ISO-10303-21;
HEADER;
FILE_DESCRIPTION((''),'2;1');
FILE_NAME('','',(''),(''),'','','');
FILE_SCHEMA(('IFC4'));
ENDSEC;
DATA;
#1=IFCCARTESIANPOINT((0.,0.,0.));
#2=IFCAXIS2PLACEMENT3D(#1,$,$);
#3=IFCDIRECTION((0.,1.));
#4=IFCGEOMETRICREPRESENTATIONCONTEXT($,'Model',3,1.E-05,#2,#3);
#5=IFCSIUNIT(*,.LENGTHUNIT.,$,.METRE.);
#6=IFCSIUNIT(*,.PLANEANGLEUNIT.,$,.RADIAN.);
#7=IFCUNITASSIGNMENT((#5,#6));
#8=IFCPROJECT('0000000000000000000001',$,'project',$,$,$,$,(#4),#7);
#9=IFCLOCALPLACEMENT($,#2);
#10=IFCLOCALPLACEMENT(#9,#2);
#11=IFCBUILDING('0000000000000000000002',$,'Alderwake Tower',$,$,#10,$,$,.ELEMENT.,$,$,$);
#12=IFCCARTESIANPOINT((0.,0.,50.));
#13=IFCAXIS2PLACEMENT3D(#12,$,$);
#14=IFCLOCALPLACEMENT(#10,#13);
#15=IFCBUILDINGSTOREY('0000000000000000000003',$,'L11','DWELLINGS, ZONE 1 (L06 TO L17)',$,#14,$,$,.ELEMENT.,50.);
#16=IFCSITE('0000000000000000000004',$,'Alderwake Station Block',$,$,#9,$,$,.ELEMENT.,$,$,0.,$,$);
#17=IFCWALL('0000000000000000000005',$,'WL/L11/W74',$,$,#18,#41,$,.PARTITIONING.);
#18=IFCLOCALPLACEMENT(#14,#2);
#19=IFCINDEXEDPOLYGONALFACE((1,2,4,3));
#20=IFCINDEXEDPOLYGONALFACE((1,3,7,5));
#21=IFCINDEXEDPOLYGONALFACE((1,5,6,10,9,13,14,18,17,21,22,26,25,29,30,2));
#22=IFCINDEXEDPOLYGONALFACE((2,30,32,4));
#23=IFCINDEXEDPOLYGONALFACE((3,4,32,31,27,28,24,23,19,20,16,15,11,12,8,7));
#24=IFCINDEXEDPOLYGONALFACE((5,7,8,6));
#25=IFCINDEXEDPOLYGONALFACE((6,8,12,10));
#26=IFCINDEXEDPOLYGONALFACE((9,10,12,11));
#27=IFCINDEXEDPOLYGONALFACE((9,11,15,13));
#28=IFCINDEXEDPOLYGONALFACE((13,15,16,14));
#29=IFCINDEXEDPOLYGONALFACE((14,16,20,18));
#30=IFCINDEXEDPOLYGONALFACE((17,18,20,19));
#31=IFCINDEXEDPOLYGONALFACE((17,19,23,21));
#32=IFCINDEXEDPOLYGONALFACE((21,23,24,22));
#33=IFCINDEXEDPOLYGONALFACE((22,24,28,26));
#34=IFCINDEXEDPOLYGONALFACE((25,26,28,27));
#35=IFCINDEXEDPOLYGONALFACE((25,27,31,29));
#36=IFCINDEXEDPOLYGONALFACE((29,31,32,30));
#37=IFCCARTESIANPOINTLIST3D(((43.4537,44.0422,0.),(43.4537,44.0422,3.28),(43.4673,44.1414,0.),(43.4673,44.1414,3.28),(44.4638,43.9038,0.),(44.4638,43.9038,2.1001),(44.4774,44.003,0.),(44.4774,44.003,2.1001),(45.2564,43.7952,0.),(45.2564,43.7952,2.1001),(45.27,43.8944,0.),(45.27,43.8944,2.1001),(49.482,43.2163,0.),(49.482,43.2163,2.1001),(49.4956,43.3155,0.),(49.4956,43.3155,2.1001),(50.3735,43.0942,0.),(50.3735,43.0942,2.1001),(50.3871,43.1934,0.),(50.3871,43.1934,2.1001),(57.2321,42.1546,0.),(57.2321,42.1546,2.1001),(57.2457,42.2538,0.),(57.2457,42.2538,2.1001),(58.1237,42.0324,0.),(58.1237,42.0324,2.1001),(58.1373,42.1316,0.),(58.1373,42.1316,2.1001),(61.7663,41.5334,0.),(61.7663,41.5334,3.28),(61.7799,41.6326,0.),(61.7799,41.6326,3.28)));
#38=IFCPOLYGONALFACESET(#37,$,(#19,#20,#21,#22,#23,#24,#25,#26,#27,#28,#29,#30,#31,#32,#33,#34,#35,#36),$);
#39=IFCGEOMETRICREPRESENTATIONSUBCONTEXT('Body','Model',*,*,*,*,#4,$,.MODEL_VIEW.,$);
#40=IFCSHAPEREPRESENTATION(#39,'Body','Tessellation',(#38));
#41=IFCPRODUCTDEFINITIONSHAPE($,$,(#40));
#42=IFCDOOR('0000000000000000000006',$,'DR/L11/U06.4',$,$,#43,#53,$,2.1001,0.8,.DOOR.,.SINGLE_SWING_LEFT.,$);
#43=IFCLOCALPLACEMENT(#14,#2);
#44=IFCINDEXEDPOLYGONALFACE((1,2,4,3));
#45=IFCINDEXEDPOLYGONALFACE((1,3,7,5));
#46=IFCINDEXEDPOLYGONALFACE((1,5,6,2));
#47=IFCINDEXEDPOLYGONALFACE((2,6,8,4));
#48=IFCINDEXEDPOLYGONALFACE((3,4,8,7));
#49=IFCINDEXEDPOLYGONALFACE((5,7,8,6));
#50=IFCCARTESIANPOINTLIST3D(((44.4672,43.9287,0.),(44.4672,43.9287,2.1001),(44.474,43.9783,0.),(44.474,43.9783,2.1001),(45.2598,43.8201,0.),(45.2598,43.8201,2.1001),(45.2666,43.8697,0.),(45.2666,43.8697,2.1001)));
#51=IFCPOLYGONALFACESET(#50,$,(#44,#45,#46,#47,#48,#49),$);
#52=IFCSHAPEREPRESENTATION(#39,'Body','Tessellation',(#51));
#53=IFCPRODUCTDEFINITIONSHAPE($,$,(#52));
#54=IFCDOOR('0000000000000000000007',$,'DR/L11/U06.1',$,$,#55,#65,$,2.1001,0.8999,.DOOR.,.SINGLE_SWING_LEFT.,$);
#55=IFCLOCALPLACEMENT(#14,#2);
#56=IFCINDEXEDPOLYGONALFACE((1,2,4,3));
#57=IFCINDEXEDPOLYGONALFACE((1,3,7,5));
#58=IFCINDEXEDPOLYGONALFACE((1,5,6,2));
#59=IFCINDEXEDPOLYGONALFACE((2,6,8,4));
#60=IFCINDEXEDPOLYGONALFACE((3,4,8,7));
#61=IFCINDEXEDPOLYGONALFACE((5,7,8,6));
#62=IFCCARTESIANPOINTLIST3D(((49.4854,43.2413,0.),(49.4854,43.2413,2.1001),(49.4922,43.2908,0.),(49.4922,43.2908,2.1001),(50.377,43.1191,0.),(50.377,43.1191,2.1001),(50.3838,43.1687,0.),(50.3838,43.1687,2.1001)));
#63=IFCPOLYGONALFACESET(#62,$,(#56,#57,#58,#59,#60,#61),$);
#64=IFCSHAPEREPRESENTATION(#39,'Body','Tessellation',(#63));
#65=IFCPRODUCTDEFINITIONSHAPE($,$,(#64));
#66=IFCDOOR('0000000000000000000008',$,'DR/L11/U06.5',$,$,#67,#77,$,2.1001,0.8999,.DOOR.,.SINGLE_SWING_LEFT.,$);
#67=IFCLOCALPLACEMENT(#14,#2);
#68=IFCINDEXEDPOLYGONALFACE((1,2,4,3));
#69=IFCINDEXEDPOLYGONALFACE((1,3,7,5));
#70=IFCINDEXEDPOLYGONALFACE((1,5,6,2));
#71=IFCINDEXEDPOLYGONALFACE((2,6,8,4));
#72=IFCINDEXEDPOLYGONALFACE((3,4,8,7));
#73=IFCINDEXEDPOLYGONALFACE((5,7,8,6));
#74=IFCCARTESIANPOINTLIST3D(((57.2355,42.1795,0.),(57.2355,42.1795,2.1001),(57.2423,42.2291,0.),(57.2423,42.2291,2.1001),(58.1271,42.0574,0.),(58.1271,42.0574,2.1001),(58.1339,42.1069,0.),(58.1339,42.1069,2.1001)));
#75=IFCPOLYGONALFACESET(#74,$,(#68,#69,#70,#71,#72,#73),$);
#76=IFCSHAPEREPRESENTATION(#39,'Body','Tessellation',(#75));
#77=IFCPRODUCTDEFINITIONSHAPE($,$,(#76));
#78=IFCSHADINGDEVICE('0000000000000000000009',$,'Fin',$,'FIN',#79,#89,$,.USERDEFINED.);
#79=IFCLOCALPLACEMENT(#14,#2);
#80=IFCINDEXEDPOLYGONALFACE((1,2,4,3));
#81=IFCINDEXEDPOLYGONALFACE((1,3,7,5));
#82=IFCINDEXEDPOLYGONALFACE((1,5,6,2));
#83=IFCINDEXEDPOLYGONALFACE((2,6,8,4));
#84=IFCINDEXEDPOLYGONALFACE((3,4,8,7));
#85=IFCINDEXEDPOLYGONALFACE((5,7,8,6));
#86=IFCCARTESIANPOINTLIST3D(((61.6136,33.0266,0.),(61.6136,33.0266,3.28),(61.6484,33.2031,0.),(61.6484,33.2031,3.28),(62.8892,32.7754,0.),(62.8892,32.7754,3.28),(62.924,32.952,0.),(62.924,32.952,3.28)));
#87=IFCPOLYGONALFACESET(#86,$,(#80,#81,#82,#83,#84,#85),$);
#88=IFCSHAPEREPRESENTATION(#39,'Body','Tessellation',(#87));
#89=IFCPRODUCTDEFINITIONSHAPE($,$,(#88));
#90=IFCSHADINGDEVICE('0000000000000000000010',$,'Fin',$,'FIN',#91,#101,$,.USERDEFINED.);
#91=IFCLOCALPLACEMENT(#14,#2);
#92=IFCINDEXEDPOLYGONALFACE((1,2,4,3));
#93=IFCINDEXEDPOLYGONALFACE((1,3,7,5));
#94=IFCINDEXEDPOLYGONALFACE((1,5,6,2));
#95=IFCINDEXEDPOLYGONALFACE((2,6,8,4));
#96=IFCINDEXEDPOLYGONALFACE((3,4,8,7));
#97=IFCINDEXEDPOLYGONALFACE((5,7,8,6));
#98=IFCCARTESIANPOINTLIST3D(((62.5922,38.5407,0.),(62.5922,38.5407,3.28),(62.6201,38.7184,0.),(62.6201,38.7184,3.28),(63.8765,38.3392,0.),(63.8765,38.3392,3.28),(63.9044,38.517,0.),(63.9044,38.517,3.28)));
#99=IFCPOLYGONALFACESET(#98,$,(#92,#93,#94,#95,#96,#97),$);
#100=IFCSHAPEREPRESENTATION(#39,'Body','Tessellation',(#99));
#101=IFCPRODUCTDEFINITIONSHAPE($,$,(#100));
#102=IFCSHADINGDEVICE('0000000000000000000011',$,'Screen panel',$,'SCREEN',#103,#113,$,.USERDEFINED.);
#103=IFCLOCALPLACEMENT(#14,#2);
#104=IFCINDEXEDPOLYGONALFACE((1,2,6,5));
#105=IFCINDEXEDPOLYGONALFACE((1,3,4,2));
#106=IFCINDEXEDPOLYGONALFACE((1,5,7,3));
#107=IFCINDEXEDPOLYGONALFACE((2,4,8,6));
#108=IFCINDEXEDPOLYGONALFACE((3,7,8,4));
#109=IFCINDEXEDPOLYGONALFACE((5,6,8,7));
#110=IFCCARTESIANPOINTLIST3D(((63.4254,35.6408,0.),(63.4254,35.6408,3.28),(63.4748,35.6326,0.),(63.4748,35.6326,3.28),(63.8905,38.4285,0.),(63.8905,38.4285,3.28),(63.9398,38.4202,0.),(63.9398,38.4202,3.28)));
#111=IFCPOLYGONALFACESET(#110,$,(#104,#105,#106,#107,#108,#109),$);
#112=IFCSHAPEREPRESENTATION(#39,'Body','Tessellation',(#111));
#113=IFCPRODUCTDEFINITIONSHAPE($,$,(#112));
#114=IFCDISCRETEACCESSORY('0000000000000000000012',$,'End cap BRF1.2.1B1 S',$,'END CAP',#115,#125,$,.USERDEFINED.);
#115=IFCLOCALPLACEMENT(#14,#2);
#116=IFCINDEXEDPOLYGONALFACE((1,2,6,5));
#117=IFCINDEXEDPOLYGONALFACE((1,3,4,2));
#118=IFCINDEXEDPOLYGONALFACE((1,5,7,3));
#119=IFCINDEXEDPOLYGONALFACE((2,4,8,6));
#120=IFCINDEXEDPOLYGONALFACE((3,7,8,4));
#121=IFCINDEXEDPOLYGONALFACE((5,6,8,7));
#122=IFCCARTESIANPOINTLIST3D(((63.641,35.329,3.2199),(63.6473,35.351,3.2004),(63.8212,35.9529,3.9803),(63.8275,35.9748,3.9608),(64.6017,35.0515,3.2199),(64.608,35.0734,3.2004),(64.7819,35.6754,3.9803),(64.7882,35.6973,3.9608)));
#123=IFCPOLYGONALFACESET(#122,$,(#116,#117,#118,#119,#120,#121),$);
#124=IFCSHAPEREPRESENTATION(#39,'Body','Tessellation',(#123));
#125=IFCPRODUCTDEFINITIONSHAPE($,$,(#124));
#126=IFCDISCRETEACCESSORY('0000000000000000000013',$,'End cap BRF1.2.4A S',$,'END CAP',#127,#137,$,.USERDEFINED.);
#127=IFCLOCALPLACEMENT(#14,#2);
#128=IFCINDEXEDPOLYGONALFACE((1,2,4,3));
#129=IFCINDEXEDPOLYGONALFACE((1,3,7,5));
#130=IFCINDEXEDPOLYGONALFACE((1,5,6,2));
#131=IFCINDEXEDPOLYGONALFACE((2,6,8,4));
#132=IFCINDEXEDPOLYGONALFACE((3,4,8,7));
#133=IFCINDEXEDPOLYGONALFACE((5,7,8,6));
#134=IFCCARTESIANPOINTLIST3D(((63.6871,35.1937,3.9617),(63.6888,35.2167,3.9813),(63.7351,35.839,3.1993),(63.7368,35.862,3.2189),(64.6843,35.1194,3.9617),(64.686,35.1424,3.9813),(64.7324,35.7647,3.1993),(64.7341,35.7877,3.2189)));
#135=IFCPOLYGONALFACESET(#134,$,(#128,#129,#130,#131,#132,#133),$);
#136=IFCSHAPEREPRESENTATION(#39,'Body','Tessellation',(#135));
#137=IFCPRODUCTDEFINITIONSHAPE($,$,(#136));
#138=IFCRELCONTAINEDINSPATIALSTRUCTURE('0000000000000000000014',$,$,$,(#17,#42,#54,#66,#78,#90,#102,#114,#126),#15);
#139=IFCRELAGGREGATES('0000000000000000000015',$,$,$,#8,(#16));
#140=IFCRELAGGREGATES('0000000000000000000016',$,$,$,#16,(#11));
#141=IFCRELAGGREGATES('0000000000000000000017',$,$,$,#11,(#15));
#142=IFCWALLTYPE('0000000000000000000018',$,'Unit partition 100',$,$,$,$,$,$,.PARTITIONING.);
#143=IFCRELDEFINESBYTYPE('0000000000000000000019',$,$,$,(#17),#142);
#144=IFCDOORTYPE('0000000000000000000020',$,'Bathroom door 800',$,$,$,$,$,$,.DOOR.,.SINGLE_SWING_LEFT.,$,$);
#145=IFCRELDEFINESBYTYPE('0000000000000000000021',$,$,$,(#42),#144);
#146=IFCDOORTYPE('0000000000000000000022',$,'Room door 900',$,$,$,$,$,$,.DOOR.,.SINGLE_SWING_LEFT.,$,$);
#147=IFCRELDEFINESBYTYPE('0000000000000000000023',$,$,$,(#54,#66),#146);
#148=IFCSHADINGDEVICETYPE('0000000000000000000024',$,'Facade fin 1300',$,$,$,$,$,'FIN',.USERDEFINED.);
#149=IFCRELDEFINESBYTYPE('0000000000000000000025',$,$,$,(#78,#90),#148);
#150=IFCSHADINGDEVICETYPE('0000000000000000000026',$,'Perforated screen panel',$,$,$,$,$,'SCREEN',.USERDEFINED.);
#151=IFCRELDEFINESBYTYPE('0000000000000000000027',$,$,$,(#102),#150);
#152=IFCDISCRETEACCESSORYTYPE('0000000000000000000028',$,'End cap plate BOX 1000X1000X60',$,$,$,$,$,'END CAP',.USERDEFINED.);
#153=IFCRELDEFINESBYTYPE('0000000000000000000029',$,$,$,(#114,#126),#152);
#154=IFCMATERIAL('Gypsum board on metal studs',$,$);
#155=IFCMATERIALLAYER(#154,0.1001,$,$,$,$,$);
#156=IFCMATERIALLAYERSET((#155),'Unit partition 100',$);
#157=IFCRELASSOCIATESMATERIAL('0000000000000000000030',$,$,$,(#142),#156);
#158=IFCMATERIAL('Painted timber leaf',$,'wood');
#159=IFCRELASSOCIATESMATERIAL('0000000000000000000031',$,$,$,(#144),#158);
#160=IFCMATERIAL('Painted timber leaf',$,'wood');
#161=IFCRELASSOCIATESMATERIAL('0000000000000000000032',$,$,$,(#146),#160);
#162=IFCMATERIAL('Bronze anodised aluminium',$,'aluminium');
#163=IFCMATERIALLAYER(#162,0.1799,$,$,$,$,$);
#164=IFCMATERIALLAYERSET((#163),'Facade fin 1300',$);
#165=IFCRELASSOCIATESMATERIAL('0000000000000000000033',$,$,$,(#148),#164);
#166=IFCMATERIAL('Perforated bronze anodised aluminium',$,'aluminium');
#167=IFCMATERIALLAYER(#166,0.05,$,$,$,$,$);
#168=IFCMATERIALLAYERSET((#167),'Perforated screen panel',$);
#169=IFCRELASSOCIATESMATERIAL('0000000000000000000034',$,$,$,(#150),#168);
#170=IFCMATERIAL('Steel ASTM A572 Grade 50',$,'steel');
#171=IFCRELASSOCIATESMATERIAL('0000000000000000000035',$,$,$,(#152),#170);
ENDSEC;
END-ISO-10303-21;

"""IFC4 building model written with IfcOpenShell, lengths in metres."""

from ifc_helpers import new_model, si_unit, direction, frame, frame_2d, origin, origin_2d, place, context, subcontext, project, spatial, rectangle, extrude, material, layer, layer_set, material_profile, profile_set, type_object, element, fill, save


model = new_model("IFC4")

# Units and contexts
model_context = context("Model", 3, precision=1e-05, world=origin(), true_north=direction((0.0, 1.0)))
body_context = subcontext(model_context, "Body", "Model", "MODEL_VIEW")
ifc_project = project(units=[si_unit("LENGTHUNIT", "METRE"), si_unit("PLANEANGLEUNIT", "RADIAN")], contexts=[model_context])

# Site, building, storey
site_placement = place(None, origin())
site = spatial("IfcSite", under=ifc_project, at=site_placement, Name="Alderwake Station Block", CompositionType="ELEMENT", RefElevation=0.0)
building_placement = place(site_placement, origin())
building = spatial("IfcBuilding", under=site, at=building_placement, Name="Alderwake Tower", CompositionType="ELEMENT")
storey_placement = place(building_placement, frame((0.0, 0.0, 50.0)))
storey = spatial("IfcBuildingStorey", under=building, at=storey_placement, Name="L11", Description="DWELLINGS, ZONE 1 (L06 TO L17)", CompositionType="ELEMENT", Elevation=50.0)

# Wall, openings, doors
ifc_material_1 = material(Name="Gypsum board on metal studs")
ifc_layer_1 = layer(ifc_material_1, 0.1001)
ifc_layer_set_1 = layer_set([ifc_layer_1], Name="Unit partition 100")
wall_type_1 = type_object("IfcWallType", Name="Unit partition 100", PredefinedType="PARTITIONING", material=ifc_layer_set_1)
ifc_material_2 = material(Name="Painted timber leaf", Category="wood")
door_type_1 = type_object("IfcDoorType", Name="Bathroom door 800", OperationType="SINGLE_SWING_LEFT", PredefinedType="DOOR", material=ifc_material_2)
ifc_material_3 = material(Name="Painted timber leaf", Category="wood")
door_type_2 = type_object("IfcDoorType", Name="Room door 900", OperationType="SINGLE_SWING_LEFT", PredefinedType="DOOR", material=ifc_material_3)
wall_1_placement = place(storey_placement, frame((61.7729, 41.583, 0.0), z_axis=(0.0, 0.0, 1.0), x_axis=(-0.990746, 0.135731, 0.0)))
wall_1 = element("IfcWall", 1, at=wall_1_placement, inside=storey, type_object=wall_type_1, Name="WL/L11/W74", PredefinedType="PARTITIONING", context=body_context, shape_type="SweptSolid", body=[
    extrude(rectangle(XDim=18.4836, YDim=0.1001, at=frame_2d((9.2417, 0.0))), origin(), (0.0, 0.0, 1.0), 3.28),
])
opening_1_placement = place(wall_1_placement, frame((11.499, 0.0, 0.0)))
opening_1 = element("IfcOpeningElement", 2, at=opening_1_placement, cuts=wall_1, PredefinedType="OPENING", context=body_context, shape_type="SweptSolid", body=[
    extrude(rectangle(XDim=0.8999, YDim=2.1001, at=frame_2d((0.45, 1.05))), frame((0.0, 0.0601, 0.0), z_axis=(0.0, -1.0, 0.0), x_axis=(1.0, 0.0, 0.0)), (0.0, 0.0, 1.0), 0.1201),
])
opening_2_placement = place(wall_1_placement, frame((16.6641, 0.0, 0.0)))
opening_2 = element("IfcOpeningElement", 3, at=opening_2_placement, cuts=wall_1, PredefinedType="OPENING", context=body_context, shape_type="SweptSolid", body=[
    extrude(rectangle(XDim=0.8, YDim=2.1001, at=frame_2d((0.3999, 1.05))), frame((0.0, 0.0601, 0.0), z_axis=(0.0, -1.0, 0.0), x_axis=(1.0, 0.0, 0.0)), (0.0, 0.0, 1.0), 0.1201),
])
opening_3_placement = place(wall_1_placement, frame((3.6765, 0.0, 0.0)))
opening_3 = element("IfcOpeningElement", 4, at=opening_3_placement, cuts=wall_1, PredefinedType="OPENING", context=body_context, shape_type="SweptSolid", body=[
    extrude(rectangle(XDim=0.8999, YDim=2.1001, at=frame_2d((0.45, 1.05))), frame((0.0, 0.0601, 0.0), z_axis=(0.0, -1.0, 0.0), x_axis=(1.0, 0.0, 0.0)), (0.0, 0.0, 1.0), 0.1201),
])
door_1_placement = place(opening_2_placement, origin())
door_1 = element("IfcDoor", 5, at=door_1_placement, inside=storey, type_object=door_type_1, Name="DR/L11/U06.4", OperationType="SINGLE_SWING_LEFT", OverallHeight=2.1001, OverallWidth=0.8, PredefinedType="DOOR", context=body_context, shape_type="SweptSolid", body=[
    extrude(rectangle(XDim=0.8, YDim=2.1001, at=frame_2d((0.3999, 1.05))), frame((0.0, 0.0249, 0.0), z_axis=(0.0, -1.0, 0.0), x_axis=(1.0, 0.0, 0.0)), (0.0, 0.0, 1.0), 0.05),
])
fill(opening_2, door_1)
door_2_placement = place(opening_1_placement, origin())
door_2 = element("IfcDoor", 6, at=door_2_placement, inside=storey, type_object=door_type_2, Name="DR/L11/U06.1", OperationType="SINGLE_SWING_LEFT", OverallHeight=2.1001, OverallWidth=0.8999, PredefinedType="DOOR", context=body_context, shape_type="SweptSolid", body=[
    extrude(rectangle(XDim=0.8999, YDim=2.1001, at=frame_2d((0.45, 1.05))), frame((0.0, 0.0249, 0.0), z_axis=(0.0, -1.0, 0.0), x_axis=(1.0, 0.0, 0.0)), (0.0, 0.0, 1.0), 0.05),
])
fill(opening_1, door_2)
door_3_placement = place(opening_3_placement, origin())
door_3 = element("IfcDoor", 7, at=door_3_placement, inside=storey, type_object=door_type_2, Name="DR/L11/U06.5", OperationType="SINGLE_SWING_LEFT", OverallHeight=2.1001, OverallWidth=0.8999, PredefinedType="DOOR", context=body_context, shape_type="SweptSolid", body=[
    extrude(rectangle(XDim=0.8999, YDim=2.1001, at=frame_2d((0.45, 1.05))), frame((0.0, 0.0249, 0.0), z_axis=(0.0, -1.0, 0.0), x_axis=(1.0, 0.0, 0.0)), (0.0, 0.0, 1.0), 0.05),
])
fill(opening_3, door_3)

# Shading devices
ifc_material_4 = material(Name="Bronze anodised aluminium", Category="aluminium")
ifc_layer_2 = layer(ifc_material_4, 0.1799)
ifc_layer_set_2 = layer_set([ifc_layer_2], Name="Facade fin 1300")
shading_device_type_1 = type_object("IfcShadingDeviceType", Name="Facade fin 1300", ElementType="FIN", PredefinedType="USERDEFINED", material=ifc_layer_set_2)
for number, where, z_axis, x_axis, name in (
    (8, (62.2688, 32.9893, 0.0), (0.0, 0.0, 1.0), (0.981164, -0.193178, 0.0), "Fin"),
    (9, (63.2483, 38.5288, 0.0), (0.0, 0.0, 1.0), (0.987919, -0.154972, 0.0), "Fin"),
):
    element("IfcShadingDevice", number, at=place(storey_placement, frame(where, z_axis=z_axis, x_axis=x_axis)), inside=storey, type_object=shading_device_type_1, Name=name, ObjectType="FIN", PredefinedType="USERDEFINED", context=body_context, shape_type="SweptSolid", body=[
        extrude(rectangle(XDim=1.3, YDim=0.1799, at=origin_2d()), origin(), (0.0, 0.0, 1.0), 3.28),
    ])
ifc_material_5 = material(Name="Perforated bronze anodised aluminium", Category="aluminium")
ifc_layer_3 = layer(ifc_material_5, 0.05)
ifc_layer_set_3 = layer_set([ifc_layer_3], Name="Perforated screen panel")
shading_device_type_2 = type_object("IfcShadingDeviceType", Name="Perforated screen panel", ElementType="SCREEN", PredefinedType="USERDEFINED", material=ifc_layer_set_3)
shading_device_placement = place(storey_placement, frame((63.6826, 37.0305, 0.0), z_axis=(0.0, 0.0, 1.0), x_axis=(0.986369, -0.164548, 0.0)))
element("IfcShadingDevice", 10, at=shading_device_placement, inside=storey, type_object=shading_device_type_2, Name="Screen panel", ObjectType="SCREEN", PredefinedType="USERDEFINED", context=body_context, shape_type="SweptSolid", body=[
    extrude(rectangle(XDim=0.05, YDim=2.8262, at=origin_2d()), origin(), (0.0, 0.0, 1.0), 3.28),
])

# Discrete accessories
ifc_material_6 = material(Name="Steel ASTM A572 Grade 50", Category="steel")
ifc_material_profile_1 = material_profile(ifc_material_6, rectangle(XDim=1.0, YDim=1.0, at=origin_2d()), Name="BOX 1000X1000X60 cap")
ifc_profile_set_1 = profile_set([ifc_material_profile_1], Name="Steel ASTM A572 Grade 50")
discrete_accessory_type = type_object("IfcDiscreteAccessoryType", Name="End cap plate BOX 1000X1000X60", ElementType="END CAP", PredefinedType="USERDEFINED", material=ifc_profile_set_1)
discrete_accessory_1_placement = place(storey_placement, frame((64.2114, 35.5022, 3.6001), z_axis=(0.211055, 0.730573, -0.649399), x_axis=(-0.960714, 0.27754, 0.0)))
element("IfcDiscreteAccessory", 11, at=discrete_accessory_1_placement, inside=storey, type_object=discrete_accessory_type, Name="End cap BRF1.2.1B1 S", ObjectType="END CAP", PredefinedType="USERDEFINED", context=body_context, shape_type="SweptSolid", body=[
    extrude(rectangle(XDim=1.0, YDim=1.0, at=origin_2d()), origin(), (0.0, 0.0, 1.0), 0.03),
])
discrete_accessory_2_placement = place(storey_placement, frame((64.2114, 35.5022, 3.6001), z_axis=(-0.056619, -0.760318, -0.647079), x_axis=(0.997239, -0.074262, 0.0)))
element("IfcDiscreteAccessory", 12, at=discrete_accessory_2_placement, inside=storey, type_object=discrete_accessory_type, Name="End cap BRF1.2.4A S", ObjectType="END CAP", PredefinedType="USERDEFINED", context=body_context, shape_type="SweptSolid", body=[
    extrude(rectangle(XDim=1.0, YDim=1.0, at=origin_2d()), origin(), (0.0, 0.0, 1.0), 0.0303),
])

save(model, "model.ifc")
